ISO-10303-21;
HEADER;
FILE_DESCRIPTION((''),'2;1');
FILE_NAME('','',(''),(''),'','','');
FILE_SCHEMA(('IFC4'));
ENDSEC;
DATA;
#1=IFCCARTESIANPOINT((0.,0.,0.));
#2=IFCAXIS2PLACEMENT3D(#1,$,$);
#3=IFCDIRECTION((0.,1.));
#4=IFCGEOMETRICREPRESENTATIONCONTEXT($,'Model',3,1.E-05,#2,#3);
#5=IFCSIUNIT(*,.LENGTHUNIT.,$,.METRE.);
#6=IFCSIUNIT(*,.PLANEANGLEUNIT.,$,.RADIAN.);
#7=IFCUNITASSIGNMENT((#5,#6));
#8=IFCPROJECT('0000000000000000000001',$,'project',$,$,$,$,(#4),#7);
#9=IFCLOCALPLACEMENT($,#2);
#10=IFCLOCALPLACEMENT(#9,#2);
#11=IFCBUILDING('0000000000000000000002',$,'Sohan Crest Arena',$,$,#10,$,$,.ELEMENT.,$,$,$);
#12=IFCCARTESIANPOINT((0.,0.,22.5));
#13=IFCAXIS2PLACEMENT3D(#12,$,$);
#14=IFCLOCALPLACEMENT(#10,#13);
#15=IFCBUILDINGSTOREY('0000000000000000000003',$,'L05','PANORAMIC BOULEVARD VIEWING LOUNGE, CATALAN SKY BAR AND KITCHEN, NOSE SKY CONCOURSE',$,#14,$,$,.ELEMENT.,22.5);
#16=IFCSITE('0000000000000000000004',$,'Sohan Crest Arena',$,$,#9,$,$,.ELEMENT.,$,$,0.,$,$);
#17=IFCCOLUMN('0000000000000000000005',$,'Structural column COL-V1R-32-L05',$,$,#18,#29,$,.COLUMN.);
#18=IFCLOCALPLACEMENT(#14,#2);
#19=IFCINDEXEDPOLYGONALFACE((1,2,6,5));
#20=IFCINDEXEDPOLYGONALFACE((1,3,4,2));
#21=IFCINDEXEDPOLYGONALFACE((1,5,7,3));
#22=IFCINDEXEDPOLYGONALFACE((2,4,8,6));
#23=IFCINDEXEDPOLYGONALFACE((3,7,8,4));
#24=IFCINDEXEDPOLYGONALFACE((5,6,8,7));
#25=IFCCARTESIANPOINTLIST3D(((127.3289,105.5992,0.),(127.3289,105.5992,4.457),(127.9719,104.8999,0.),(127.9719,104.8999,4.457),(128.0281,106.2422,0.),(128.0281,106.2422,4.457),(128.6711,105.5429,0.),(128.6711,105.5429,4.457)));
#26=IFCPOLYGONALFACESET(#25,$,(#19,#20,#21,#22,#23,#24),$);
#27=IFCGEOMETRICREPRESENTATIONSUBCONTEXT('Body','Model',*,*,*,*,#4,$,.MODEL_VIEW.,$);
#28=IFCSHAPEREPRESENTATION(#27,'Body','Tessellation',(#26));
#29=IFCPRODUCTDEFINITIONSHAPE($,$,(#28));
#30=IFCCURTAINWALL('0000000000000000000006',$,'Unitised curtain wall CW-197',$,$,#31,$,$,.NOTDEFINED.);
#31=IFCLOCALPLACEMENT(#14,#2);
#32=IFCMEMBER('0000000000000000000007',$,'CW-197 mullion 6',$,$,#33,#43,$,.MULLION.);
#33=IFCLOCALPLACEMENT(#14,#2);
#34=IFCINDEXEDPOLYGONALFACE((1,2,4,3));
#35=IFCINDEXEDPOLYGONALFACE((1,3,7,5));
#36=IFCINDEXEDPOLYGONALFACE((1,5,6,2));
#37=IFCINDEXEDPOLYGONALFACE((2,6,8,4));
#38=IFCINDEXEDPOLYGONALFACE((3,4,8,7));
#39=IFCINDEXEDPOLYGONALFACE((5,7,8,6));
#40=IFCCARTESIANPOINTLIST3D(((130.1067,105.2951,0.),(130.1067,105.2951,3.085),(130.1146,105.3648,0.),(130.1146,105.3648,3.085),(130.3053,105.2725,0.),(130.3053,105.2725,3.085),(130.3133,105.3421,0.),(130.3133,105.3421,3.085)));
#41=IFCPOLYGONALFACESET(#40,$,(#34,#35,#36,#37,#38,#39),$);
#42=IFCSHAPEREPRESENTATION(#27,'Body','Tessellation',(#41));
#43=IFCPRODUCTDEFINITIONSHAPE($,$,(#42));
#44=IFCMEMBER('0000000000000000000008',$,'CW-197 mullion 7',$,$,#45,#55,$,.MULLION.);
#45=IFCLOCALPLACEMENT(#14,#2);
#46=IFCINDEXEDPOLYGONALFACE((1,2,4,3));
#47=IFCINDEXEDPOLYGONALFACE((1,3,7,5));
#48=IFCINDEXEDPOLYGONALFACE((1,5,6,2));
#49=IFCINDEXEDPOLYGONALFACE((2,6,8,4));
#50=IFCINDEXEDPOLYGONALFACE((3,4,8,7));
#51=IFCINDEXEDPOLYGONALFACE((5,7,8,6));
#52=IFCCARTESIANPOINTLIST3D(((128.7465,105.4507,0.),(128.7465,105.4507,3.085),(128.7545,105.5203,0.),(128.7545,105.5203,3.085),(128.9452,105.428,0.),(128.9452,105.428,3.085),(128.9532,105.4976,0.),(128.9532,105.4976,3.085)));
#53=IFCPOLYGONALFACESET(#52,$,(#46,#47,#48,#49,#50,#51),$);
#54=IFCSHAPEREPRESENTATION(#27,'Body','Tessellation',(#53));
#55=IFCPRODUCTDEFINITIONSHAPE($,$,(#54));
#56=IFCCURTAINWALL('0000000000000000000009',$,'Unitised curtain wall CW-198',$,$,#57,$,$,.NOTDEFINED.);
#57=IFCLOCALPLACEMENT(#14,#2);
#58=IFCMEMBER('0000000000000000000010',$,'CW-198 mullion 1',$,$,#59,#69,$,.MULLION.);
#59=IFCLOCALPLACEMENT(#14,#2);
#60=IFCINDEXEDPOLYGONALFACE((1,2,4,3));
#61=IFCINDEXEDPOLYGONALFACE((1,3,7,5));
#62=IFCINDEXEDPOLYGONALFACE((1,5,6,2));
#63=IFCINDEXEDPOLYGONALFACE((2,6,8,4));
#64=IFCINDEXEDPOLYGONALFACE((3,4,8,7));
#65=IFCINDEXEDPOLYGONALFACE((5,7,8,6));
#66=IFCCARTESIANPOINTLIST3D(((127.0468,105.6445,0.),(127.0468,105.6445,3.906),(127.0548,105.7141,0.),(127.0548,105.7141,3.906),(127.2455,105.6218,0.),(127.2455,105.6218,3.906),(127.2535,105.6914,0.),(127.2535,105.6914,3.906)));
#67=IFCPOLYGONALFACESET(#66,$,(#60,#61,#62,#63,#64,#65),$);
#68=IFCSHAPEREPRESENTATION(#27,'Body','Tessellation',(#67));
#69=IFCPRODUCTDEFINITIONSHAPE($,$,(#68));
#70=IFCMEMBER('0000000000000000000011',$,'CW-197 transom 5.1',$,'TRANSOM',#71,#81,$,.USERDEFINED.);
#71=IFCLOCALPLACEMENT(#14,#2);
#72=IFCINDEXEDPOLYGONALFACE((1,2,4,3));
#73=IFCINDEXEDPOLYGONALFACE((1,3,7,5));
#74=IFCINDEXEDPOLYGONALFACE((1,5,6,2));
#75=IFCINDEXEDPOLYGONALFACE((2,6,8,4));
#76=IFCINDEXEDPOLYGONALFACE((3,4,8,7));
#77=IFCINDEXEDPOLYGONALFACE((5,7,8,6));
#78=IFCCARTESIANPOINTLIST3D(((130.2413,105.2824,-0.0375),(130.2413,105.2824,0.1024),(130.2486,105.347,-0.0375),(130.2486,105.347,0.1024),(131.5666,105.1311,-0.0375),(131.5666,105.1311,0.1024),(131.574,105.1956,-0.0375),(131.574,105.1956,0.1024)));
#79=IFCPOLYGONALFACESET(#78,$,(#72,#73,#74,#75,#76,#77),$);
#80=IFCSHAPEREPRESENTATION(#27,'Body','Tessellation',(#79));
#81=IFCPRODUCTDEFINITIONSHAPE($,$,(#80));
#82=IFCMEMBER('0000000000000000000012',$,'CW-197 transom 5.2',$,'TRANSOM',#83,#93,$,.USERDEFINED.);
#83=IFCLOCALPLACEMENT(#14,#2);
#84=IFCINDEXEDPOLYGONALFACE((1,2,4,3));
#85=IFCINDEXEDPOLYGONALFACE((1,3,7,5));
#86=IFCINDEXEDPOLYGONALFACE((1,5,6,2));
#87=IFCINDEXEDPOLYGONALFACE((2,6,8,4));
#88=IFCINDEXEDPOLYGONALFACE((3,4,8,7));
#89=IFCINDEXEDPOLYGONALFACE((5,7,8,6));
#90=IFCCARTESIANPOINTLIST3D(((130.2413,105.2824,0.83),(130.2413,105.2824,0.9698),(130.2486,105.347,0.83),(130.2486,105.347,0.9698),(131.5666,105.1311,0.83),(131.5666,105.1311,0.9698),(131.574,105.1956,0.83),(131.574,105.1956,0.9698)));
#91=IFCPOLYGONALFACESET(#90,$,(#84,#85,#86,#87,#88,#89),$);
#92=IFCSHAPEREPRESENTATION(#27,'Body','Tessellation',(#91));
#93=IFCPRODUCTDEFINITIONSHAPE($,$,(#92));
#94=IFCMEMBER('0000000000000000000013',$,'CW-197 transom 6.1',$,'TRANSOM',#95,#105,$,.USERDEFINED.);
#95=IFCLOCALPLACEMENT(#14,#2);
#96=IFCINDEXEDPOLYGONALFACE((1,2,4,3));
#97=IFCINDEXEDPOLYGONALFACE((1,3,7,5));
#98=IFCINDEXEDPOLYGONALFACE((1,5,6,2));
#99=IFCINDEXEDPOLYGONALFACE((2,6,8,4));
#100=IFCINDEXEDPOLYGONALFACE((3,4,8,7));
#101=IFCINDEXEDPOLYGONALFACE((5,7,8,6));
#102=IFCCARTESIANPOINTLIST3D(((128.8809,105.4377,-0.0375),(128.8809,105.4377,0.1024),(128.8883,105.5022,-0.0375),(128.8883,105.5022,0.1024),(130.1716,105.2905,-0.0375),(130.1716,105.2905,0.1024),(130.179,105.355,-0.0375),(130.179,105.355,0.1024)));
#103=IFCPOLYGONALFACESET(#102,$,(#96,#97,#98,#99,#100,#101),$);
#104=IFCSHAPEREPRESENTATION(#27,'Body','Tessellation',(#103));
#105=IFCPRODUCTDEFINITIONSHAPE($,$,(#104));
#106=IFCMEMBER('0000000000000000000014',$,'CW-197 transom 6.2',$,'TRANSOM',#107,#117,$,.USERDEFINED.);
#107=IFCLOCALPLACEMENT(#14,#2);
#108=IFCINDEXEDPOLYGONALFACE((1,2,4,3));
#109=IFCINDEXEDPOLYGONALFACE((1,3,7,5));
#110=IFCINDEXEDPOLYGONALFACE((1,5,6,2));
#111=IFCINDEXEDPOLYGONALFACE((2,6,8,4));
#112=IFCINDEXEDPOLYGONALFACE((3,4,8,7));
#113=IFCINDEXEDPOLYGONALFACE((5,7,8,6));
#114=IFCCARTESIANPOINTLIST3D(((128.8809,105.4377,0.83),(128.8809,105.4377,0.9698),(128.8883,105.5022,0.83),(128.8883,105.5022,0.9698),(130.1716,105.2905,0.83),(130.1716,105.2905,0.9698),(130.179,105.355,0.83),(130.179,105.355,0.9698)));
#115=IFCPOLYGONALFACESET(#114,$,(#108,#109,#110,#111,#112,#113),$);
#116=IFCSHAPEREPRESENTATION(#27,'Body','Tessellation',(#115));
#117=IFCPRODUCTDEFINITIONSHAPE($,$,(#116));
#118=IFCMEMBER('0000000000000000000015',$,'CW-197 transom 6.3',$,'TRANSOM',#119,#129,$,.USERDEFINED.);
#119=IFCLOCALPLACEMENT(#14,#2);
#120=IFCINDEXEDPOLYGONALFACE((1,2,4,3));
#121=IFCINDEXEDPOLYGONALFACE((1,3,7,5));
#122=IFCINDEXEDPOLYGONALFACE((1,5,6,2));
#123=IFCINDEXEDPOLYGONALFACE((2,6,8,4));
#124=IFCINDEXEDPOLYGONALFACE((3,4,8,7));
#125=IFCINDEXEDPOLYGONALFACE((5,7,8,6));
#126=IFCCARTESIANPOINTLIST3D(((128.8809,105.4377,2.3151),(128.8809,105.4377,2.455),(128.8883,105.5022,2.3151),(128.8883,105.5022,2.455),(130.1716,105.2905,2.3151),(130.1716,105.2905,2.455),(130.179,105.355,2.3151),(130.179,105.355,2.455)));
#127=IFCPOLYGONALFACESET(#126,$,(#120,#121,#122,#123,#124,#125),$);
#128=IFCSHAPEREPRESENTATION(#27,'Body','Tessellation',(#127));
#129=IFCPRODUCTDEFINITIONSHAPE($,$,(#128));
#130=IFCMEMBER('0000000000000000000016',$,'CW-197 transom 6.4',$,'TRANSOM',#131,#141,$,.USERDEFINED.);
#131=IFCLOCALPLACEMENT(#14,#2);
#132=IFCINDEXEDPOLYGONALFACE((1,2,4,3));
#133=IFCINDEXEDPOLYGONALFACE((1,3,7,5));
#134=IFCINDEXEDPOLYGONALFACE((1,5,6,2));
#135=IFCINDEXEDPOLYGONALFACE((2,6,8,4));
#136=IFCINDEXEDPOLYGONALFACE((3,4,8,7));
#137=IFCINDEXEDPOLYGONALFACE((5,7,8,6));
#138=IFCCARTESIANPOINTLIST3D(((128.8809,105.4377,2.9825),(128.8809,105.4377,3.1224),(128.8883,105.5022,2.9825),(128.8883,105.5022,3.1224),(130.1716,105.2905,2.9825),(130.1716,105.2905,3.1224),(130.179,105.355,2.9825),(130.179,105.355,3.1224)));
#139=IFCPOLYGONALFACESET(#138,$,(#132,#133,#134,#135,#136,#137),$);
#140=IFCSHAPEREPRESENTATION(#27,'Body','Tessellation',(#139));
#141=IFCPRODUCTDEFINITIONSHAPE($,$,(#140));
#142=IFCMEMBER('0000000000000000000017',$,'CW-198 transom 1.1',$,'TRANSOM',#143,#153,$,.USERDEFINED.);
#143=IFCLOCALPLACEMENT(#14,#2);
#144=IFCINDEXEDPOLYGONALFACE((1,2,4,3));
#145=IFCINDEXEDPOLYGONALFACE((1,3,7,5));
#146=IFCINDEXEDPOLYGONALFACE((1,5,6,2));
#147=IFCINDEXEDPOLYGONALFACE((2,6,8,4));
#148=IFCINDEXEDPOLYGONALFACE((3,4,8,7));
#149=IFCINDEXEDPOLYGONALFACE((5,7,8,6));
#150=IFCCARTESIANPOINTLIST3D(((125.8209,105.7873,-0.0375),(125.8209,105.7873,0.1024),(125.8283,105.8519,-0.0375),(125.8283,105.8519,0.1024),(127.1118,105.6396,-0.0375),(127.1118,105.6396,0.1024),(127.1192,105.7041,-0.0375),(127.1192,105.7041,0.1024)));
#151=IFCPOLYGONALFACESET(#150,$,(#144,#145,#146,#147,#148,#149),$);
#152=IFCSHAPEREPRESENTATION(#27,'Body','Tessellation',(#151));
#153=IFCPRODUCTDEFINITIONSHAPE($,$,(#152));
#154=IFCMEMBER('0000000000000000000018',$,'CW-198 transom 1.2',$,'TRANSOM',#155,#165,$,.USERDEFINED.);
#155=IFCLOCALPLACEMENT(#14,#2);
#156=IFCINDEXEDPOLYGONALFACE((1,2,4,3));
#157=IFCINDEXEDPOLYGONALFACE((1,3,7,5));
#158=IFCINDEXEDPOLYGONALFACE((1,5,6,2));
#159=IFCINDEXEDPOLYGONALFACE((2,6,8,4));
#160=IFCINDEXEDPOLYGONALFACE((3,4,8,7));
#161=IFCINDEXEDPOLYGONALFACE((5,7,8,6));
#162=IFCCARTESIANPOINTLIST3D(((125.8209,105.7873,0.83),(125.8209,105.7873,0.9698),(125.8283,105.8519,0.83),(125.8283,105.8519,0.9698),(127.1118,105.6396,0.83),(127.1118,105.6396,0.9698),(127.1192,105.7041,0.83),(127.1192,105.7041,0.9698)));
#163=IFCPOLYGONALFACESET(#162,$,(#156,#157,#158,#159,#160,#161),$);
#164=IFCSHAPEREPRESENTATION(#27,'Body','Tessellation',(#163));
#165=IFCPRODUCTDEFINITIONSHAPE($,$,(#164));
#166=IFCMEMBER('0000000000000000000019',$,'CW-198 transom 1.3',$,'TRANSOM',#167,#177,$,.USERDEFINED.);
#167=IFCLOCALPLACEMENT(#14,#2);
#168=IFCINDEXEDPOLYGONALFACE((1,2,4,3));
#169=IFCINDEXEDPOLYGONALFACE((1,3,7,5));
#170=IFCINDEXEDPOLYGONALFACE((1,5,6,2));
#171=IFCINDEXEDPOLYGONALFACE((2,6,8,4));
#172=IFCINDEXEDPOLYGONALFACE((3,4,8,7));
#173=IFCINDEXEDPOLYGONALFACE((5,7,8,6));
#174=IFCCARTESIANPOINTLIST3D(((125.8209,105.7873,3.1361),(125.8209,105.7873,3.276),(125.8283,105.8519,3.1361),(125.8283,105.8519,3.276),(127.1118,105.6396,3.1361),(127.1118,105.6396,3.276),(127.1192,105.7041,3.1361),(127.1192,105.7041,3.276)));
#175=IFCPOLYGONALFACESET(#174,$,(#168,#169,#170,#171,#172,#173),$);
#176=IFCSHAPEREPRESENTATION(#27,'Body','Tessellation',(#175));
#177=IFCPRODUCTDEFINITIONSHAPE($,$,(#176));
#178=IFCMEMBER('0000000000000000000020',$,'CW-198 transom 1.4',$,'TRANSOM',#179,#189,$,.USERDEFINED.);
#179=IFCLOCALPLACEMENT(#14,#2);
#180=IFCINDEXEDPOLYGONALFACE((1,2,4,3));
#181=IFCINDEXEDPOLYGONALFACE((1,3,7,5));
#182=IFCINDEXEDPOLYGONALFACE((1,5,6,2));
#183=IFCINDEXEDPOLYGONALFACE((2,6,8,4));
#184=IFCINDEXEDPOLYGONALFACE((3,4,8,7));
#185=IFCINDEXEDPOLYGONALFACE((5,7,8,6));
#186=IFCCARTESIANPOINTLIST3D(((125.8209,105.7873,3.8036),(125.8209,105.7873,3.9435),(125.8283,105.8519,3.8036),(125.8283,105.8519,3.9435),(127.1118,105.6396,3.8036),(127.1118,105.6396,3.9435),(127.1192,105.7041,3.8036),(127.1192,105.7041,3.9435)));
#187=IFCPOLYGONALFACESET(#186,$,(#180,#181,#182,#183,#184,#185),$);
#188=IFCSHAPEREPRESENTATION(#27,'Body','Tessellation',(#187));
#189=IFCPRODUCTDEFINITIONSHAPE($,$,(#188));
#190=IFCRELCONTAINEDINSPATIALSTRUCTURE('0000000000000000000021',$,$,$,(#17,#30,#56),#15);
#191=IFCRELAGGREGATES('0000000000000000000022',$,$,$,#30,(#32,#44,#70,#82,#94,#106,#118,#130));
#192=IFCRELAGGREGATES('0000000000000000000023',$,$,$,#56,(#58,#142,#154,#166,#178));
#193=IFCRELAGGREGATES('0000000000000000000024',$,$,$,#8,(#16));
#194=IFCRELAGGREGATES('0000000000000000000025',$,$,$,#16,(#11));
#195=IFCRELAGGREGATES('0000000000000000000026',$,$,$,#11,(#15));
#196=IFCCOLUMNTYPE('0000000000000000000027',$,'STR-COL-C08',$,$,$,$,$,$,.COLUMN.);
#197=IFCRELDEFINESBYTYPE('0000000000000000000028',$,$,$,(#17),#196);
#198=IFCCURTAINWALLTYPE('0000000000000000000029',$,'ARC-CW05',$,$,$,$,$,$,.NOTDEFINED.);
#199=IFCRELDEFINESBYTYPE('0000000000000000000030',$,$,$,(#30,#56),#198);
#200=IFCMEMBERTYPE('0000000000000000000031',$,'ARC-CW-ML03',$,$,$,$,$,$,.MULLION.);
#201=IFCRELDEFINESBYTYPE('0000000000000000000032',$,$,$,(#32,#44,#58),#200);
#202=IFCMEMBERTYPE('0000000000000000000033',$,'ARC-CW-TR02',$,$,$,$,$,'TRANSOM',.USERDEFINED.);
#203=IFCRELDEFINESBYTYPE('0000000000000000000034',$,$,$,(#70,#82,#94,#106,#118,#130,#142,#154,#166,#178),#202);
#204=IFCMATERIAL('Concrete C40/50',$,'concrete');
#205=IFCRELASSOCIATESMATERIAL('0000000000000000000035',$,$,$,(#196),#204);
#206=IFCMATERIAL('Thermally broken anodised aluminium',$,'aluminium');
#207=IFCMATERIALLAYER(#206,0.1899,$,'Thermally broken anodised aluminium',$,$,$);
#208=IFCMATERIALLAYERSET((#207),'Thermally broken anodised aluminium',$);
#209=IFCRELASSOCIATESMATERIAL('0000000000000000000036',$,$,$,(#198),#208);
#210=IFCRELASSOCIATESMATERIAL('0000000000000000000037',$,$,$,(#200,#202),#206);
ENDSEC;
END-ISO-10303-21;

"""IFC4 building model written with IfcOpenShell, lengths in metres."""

from ifc_helpers import new_model, si_unit, direction, frame, origin, origin_2d, place, context, subcontext, project, spatial, rectangle, extrude, material, layer, layer_set, material_profile, profile_set, type_object, element, aggregate, save


model = new_model("IFC4")

# Units and contexts
model_context = context("Model", 3, precision=1e-05, world=origin(), true_north=direction((0.0, 1.0)))
body_context = subcontext(model_context, "Body", "Model", "MODEL_VIEW")
ifc_project = project(units=[si_unit("LENGTHUNIT", "METRE"), si_unit("PLANEANGLEUNIT", "RADIAN")], contexts=[model_context])

# Site, building, storey
site_placement = place(None, origin())
site = spatial("IfcSite", under=ifc_project, at=site_placement, Name="Sohan Crest Arena", CompositionType="ELEMENT", RefElevation=0.0)
building_placement = place(site_placement, origin())
building = spatial("IfcBuilding", under=site, at=building_placement, Name="Sohan Crest Arena", CompositionType="ELEMENT")
storey_placement = place(building_placement, frame((0.0, 0.0, 22.5)))
storey = spatial("IfcBuildingStorey", under=building, at=storey_placement, Name="L05", Description="PANORAMIC BOULEVARD VIEWING LOUNGE, CATALAN SKY BAR AND KITCHEN, NOSE SKY CONCOURSE", CompositionType="ELEMENT", Elevation=22.5)

# Column
ifc_material_1 = material(Name="Concrete C40/50", Category="concrete")
ifc_material_profile_1 = material_profile(ifc_material_1, rectangle(XDim=0.95, YDim=0.95, at=origin_2d()), Name="RC 950x950")
ifc_profile_set_1 = profile_set([ifc_material_profile_1], Name="Concrete C40/50")
column_type = type_object("IfcColumnType", Name="STR-COL-C08", PredefinedType="COLUMN", material=ifc_profile_set_1)
column_placement = place(storey_placement, frame((128.0, 105.571, 0.0), z_axis=(0.0, 0.0, 1.0), x_axis=(0.736097, 0.676876, 0.0)))
element("IfcColumn", 1, at=column_placement, inside=storey, type_object=column_type, Name="Structural column COL-V1R-32-L05", PredefinedType="COLUMN", context=body_context, shape_type="SweptSolid", body=[
    extrude(rectangle(XDim=0.95, YDim=0.95, at=origin_2d()), origin(), (0.0, 0.0, 1.0), 4.457),
])

# Curtain wall, members
ifc_material_2 = material(Name="Thermally broken anodised aluminium", Category="aluminium")
ifc_layer_1 = layer(ifc_material_2, 0.1899, Name="Thermally broken anodised aluminium")
ifc_layer_set_1 = layer_set([ifc_layer_1], Name="Thermally broken anodised aluminium")
curtain_wall_type = type_object("IfcCurtainWallType", Name="ARC-CW05", PredefinedType="NOTDEFINED", material=ifc_layer_set_1)
curtain_wall_1_placement = place(storey_placement, origin())
curtain_wall_1 = element("IfcCurtainWall", 2, at=curtain_wall_1_placement, inside=storey, type_object=curtain_wall_type, Name="Unitised curtain wall CW-197", PredefinedType="NOTDEFINED")
ifc_material_profile_2 = material_profile(ifc_material_2, rectangle(XDim=0.0701, YDim=0.2, at=origin_2d()), Name="ALU-MULL 70x200")
ifc_profile_set_2 = profile_set([ifc_material_profile_2], Name="Thermally broken anodised aluminium")
member_type_1 = type_object("IfcMemberType", Name="ARC-CW-ML03", PredefinedType="MULLION", material=ifc_profile_set_2)
member_1_placement = place(storey_placement, frame((130.21, 105.3186, 0.0), z_axis=(0.0, 0.0, 1.0), x_axis=(-0.11348, -0.99354, 0.0)))
member_1 = element("IfcMember", 3, at=member_1_placement, type_object=member_type_1, Name="CW-197 mullion 6", PredefinedType="MULLION", context=body_context, shape_type="SweptSolid", body=[
    extrude(rectangle(XDim=0.0701, YDim=0.2, at=origin_2d()), origin(), (0.0, 0.0, 1.0), 3.085),
])
member_2_placement = place(storey_placement, frame((128.8499, 105.4741, 0.0), z_axis=(0.0, 0.0, 1.0), x_axis=(-0.11348, -0.99354, 0.0)))
member_2 = element("IfcMember", 4, at=member_2_placement, type_object=member_type_1, Name="CW-197 mullion 7", PredefinedType="MULLION", context=body_context, shape_type="SweptSolid", body=[
    extrude(rectangle(XDim=0.0701, YDim=0.2, at=origin_2d()), origin(), (0.0, 0.0, 1.0), 3.085),
])

# Curtain wall, member
curtain_wall_2_placement = place(storey_placement, origin())
curtain_wall_2 = element("IfcCurtainWall", 5, at=curtain_wall_2_placement, inside=storey, type_object=curtain_wall_type, Name="Unitised curtain wall CW-198", PredefinedType="NOTDEFINED")
member_3_placement = place(storey_placement, frame((127.1501, 105.668, 0.0), z_axis=(0.0, 0.0, 1.0), x_axis=(-0.113597, -0.993527, 0.0)))
member_3 = element("IfcMember", 6, at=member_3_placement, type_object=member_type_1, Name="CW-198 mullion 1", PredefinedType="MULLION", context=body_context, shape_type="SweptSolid", body=[
    extrude(rectangle(XDim=0.0701, YDim=0.2, at=origin_2d()), origin(), (0.0, 0.0, 1.0), 3.906),
])

# Members
ifc_material_profile_3 = material_profile(ifc_material_2, rectangle(XDim=0.0649, YDim=0.1399, at=origin_2d()), Name="ALU-TRAN 65x140")
ifc_profile_set_3 = profile_set([ifc_material_profile_3], Name="Thermally broken anodised aluminium")
member_type_2 = type_object("IfcMemberType", Name="ARC-CW-TR02", ElementType="TRANSOM", PredefinedType="USERDEFINED", material=ifc_profile_set_3)
member_4_placement = place(storey_placement, frame((131.5703, 105.1633, 0.0325), z_axis=(-0.993542, 0.113464, 0.0), x_axis=(-0.113464, -0.993542, 0.0)))
member_4 = element("IfcMember", 7, at=member_4_placement, type_object=member_type_2, Name="CW-197 transom 5.1", ObjectType="TRANSOM", PredefinedType="USERDEFINED", context=body_context, shape_type="SweptSolid", body=[
    extrude(rectangle(XDim=0.0649, YDim=0.1399, at=origin_2d()), origin(), (0.0, 0.0, 1.0), 1.334),
])
member_5_placement = place(storey_placement, frame((131.5703, 105.1633, 0.8999), z_axis=(-0.993542, 0.113464, 0.0), x_axis=(-0.113464, -0.993542, 0.0)))
member_5 = element("IfcMember", 8, at=member_5_placement, type_object=member_type_2, Name="CW-197 transom 5.2", ObjectType="TRANSOM", PredefinedType="USERDEFINED", context=body_context, shape_type="SweptSolid", body=[
    extrude(rectangle(XDim=0.0649, YDim=0.1399, at=origin_2d()), origin(), (0.0, 0.0, 1.0), 1.334),
])
member_6_placement = place(storey_placement, frame((130.1753, 105.3228, 0.0325), z_axis=(-0.993559, 0.113319, 0.0), x_axis=(-0.113319, -0.993559, 0.0)))
member_6 = element("IfcMember", 9, at=member_6_placement, type_object=member_type_2, Name="CW-197 transom 6.1", ObjectType="TRANSOM", PredefinedType="USERDEFINED", context=body_context, shape_type="SweptSolid", body=[
    extrude(rectangle(XDim=0.0649, YDim=0.1399, at=origin_2d()), origin(), (0.0, 0.0, 1.0), 1.2991),
])
member_7_placement = place(storey_placement, frame((130.1753, 105.3228, 0.8999), z_axis=(-0.993559, 0.113319, 0.0), x_axis=(-0.113319, -0.993559, 0.0)))
member_7 = element("IfcMember", 10, at=member_7_placement, type_object=member_type_2, Name="CW-197 transom 6.2", ObjectType="TRANSOM", PredefinedType="USERDEFINED", context=body_context, shape_type="SweptSolid", body=[
    extrude(rectangle(XDim=0.0649, YDim=0.1399, at=origin_2d()), origin(), (0.0, 0.0, 1.0), 1.2991),
])
member_8_placement = place(storey_placement, frame((130.1753, 105.3228, 2.385), z_axis=(-0.993559, 0.113319, 0.0), x_axis=(-0.113319, -0.993559, 0.0)))
member_8 = element("IfcMember", 11, at=member_8_placement, type_object=member_type_2, Name="CW-197 transom 6.3", ObjectType="TRANSOM", PredefinedType="USERDEFINED", context=body_context, shape_type="SweptSolid", body=[
    extrude(rectangle(XDim=0.0649, YDim=0.1399, at=origin_2d()), origin(), (0.0, 0.0, 1.0), 1.2991),
])
member_9_placement = place(storey_placement, frame((130.1753, 105.3228, 3.0525), z_axis=(-0.993559, 0.113319, 0.0), x_axis=(-0.113319, -0.993559, 0.0)))
member_9 = element("IfcMember", 12, at=member_9_placement, type_object=member_type_2, Name="CW-197 transom 6.4", ObjectType="TRANSOM", PredefinedType="USERDEFINED", context=body_context, shape_type="SweptSolid", body=[
    extrude(rectangle(XDim=0.0649, YDim=0.1399, at=origin_2d()), origin(), (0.0, 0.0, 1.0), 1.2991),
])
member_10_placement = place(storey_placement, frame((127.1155, 105.6719, 0.0325), z_axis=(-0.993516, 0.11369, 0.0), x_axis=(-0.11369, -0.993516, 0.0)))
member_10 = element("IfcMember", 13, at=member_10_placement, type_object=member_type_2, Name="CW-198 transom 1.1", ObjectType="TRANSOM", PredefinedType="USERDEFINED", context=body_context, shape_type="SweptSolid", body=[
    extrude(rectangle(XDim=0.0649, YDim=0.1399, at=origin_2d()), origin(), (0.0, 0.0, 1.0), 1.2993),
])
member_11_placement = place(storey_placement, frame((127.1155, 105.6719, 0.8999), z_axis=(-0.993516, 0.11369, 0.0), x_axis=(-0.11369, -0.993516, 0.0)))
member_11 = element("IfcMember", 14, at=member_11_placement, type_object=member_type_2, Name="CW-198 transom 1.2", ObjectType="TRANSOM", PredefinedType="USERDEFINED", context=body_context, shape_type="SweptSolid", body=[
    extrude(rectangle(XDim=0.0649, YDim=0.1399, at=origin_2d()), origin(), (0.0, 0.0, 1.0), 1.2993),
])
member_12_placement = place(storey_placement, frame((127.1155, 105.6719, 3.2061), z_axis=(-0.993516, 0.11369, 0.0), x_axis=(-0.11369, -0.993516, 0.0)))
member_12 = element("IfcMember", 15, at=member_12_placement, type_object=member_type_2, Name="CW-198 transom 1.3", ObjectType="TRANSOM", PredefinedType="USERDEFINED", context=body_context, shape_type="SweptSolid", body=[
    extrude(rectangle(XDim=0.0649, YDim=0.1399, at=origin_2d()), origin(), (0.0, 0.0, 1.0), 1.2993),
])
member_13_placement = place(storey_placement, frame((127.1155, 105.6719, 3.8735), z_axis=(-0.993516, 0.11369, 0.0), x_axis=(-0.11369, -0.993516, 0.0)))
member_13 = element("IfcMember", 16, at=member_13_placement, type_object=member_type_2, Name="CW-198 transom 1.4", ObjectType="TRANSOM", PredefinedType="USERDEFINED", context=body_context, shape_type="SweptSolid", body=[
    extrude(rectangle(XDim=0.0649, YDim=0.1399, at=origin_2d()), origin(), (0.0, 0.0, 1.0), 1.2993),
])

aggregate(curtain_wall_1, [member_1, member_2, member_4, member_5, member_6, member_7, member_8, member_9])
aggregate(curtain_wall_2, [member_3, member_10, member_11, member_12, member_13])

save(model, "model.ifc")
